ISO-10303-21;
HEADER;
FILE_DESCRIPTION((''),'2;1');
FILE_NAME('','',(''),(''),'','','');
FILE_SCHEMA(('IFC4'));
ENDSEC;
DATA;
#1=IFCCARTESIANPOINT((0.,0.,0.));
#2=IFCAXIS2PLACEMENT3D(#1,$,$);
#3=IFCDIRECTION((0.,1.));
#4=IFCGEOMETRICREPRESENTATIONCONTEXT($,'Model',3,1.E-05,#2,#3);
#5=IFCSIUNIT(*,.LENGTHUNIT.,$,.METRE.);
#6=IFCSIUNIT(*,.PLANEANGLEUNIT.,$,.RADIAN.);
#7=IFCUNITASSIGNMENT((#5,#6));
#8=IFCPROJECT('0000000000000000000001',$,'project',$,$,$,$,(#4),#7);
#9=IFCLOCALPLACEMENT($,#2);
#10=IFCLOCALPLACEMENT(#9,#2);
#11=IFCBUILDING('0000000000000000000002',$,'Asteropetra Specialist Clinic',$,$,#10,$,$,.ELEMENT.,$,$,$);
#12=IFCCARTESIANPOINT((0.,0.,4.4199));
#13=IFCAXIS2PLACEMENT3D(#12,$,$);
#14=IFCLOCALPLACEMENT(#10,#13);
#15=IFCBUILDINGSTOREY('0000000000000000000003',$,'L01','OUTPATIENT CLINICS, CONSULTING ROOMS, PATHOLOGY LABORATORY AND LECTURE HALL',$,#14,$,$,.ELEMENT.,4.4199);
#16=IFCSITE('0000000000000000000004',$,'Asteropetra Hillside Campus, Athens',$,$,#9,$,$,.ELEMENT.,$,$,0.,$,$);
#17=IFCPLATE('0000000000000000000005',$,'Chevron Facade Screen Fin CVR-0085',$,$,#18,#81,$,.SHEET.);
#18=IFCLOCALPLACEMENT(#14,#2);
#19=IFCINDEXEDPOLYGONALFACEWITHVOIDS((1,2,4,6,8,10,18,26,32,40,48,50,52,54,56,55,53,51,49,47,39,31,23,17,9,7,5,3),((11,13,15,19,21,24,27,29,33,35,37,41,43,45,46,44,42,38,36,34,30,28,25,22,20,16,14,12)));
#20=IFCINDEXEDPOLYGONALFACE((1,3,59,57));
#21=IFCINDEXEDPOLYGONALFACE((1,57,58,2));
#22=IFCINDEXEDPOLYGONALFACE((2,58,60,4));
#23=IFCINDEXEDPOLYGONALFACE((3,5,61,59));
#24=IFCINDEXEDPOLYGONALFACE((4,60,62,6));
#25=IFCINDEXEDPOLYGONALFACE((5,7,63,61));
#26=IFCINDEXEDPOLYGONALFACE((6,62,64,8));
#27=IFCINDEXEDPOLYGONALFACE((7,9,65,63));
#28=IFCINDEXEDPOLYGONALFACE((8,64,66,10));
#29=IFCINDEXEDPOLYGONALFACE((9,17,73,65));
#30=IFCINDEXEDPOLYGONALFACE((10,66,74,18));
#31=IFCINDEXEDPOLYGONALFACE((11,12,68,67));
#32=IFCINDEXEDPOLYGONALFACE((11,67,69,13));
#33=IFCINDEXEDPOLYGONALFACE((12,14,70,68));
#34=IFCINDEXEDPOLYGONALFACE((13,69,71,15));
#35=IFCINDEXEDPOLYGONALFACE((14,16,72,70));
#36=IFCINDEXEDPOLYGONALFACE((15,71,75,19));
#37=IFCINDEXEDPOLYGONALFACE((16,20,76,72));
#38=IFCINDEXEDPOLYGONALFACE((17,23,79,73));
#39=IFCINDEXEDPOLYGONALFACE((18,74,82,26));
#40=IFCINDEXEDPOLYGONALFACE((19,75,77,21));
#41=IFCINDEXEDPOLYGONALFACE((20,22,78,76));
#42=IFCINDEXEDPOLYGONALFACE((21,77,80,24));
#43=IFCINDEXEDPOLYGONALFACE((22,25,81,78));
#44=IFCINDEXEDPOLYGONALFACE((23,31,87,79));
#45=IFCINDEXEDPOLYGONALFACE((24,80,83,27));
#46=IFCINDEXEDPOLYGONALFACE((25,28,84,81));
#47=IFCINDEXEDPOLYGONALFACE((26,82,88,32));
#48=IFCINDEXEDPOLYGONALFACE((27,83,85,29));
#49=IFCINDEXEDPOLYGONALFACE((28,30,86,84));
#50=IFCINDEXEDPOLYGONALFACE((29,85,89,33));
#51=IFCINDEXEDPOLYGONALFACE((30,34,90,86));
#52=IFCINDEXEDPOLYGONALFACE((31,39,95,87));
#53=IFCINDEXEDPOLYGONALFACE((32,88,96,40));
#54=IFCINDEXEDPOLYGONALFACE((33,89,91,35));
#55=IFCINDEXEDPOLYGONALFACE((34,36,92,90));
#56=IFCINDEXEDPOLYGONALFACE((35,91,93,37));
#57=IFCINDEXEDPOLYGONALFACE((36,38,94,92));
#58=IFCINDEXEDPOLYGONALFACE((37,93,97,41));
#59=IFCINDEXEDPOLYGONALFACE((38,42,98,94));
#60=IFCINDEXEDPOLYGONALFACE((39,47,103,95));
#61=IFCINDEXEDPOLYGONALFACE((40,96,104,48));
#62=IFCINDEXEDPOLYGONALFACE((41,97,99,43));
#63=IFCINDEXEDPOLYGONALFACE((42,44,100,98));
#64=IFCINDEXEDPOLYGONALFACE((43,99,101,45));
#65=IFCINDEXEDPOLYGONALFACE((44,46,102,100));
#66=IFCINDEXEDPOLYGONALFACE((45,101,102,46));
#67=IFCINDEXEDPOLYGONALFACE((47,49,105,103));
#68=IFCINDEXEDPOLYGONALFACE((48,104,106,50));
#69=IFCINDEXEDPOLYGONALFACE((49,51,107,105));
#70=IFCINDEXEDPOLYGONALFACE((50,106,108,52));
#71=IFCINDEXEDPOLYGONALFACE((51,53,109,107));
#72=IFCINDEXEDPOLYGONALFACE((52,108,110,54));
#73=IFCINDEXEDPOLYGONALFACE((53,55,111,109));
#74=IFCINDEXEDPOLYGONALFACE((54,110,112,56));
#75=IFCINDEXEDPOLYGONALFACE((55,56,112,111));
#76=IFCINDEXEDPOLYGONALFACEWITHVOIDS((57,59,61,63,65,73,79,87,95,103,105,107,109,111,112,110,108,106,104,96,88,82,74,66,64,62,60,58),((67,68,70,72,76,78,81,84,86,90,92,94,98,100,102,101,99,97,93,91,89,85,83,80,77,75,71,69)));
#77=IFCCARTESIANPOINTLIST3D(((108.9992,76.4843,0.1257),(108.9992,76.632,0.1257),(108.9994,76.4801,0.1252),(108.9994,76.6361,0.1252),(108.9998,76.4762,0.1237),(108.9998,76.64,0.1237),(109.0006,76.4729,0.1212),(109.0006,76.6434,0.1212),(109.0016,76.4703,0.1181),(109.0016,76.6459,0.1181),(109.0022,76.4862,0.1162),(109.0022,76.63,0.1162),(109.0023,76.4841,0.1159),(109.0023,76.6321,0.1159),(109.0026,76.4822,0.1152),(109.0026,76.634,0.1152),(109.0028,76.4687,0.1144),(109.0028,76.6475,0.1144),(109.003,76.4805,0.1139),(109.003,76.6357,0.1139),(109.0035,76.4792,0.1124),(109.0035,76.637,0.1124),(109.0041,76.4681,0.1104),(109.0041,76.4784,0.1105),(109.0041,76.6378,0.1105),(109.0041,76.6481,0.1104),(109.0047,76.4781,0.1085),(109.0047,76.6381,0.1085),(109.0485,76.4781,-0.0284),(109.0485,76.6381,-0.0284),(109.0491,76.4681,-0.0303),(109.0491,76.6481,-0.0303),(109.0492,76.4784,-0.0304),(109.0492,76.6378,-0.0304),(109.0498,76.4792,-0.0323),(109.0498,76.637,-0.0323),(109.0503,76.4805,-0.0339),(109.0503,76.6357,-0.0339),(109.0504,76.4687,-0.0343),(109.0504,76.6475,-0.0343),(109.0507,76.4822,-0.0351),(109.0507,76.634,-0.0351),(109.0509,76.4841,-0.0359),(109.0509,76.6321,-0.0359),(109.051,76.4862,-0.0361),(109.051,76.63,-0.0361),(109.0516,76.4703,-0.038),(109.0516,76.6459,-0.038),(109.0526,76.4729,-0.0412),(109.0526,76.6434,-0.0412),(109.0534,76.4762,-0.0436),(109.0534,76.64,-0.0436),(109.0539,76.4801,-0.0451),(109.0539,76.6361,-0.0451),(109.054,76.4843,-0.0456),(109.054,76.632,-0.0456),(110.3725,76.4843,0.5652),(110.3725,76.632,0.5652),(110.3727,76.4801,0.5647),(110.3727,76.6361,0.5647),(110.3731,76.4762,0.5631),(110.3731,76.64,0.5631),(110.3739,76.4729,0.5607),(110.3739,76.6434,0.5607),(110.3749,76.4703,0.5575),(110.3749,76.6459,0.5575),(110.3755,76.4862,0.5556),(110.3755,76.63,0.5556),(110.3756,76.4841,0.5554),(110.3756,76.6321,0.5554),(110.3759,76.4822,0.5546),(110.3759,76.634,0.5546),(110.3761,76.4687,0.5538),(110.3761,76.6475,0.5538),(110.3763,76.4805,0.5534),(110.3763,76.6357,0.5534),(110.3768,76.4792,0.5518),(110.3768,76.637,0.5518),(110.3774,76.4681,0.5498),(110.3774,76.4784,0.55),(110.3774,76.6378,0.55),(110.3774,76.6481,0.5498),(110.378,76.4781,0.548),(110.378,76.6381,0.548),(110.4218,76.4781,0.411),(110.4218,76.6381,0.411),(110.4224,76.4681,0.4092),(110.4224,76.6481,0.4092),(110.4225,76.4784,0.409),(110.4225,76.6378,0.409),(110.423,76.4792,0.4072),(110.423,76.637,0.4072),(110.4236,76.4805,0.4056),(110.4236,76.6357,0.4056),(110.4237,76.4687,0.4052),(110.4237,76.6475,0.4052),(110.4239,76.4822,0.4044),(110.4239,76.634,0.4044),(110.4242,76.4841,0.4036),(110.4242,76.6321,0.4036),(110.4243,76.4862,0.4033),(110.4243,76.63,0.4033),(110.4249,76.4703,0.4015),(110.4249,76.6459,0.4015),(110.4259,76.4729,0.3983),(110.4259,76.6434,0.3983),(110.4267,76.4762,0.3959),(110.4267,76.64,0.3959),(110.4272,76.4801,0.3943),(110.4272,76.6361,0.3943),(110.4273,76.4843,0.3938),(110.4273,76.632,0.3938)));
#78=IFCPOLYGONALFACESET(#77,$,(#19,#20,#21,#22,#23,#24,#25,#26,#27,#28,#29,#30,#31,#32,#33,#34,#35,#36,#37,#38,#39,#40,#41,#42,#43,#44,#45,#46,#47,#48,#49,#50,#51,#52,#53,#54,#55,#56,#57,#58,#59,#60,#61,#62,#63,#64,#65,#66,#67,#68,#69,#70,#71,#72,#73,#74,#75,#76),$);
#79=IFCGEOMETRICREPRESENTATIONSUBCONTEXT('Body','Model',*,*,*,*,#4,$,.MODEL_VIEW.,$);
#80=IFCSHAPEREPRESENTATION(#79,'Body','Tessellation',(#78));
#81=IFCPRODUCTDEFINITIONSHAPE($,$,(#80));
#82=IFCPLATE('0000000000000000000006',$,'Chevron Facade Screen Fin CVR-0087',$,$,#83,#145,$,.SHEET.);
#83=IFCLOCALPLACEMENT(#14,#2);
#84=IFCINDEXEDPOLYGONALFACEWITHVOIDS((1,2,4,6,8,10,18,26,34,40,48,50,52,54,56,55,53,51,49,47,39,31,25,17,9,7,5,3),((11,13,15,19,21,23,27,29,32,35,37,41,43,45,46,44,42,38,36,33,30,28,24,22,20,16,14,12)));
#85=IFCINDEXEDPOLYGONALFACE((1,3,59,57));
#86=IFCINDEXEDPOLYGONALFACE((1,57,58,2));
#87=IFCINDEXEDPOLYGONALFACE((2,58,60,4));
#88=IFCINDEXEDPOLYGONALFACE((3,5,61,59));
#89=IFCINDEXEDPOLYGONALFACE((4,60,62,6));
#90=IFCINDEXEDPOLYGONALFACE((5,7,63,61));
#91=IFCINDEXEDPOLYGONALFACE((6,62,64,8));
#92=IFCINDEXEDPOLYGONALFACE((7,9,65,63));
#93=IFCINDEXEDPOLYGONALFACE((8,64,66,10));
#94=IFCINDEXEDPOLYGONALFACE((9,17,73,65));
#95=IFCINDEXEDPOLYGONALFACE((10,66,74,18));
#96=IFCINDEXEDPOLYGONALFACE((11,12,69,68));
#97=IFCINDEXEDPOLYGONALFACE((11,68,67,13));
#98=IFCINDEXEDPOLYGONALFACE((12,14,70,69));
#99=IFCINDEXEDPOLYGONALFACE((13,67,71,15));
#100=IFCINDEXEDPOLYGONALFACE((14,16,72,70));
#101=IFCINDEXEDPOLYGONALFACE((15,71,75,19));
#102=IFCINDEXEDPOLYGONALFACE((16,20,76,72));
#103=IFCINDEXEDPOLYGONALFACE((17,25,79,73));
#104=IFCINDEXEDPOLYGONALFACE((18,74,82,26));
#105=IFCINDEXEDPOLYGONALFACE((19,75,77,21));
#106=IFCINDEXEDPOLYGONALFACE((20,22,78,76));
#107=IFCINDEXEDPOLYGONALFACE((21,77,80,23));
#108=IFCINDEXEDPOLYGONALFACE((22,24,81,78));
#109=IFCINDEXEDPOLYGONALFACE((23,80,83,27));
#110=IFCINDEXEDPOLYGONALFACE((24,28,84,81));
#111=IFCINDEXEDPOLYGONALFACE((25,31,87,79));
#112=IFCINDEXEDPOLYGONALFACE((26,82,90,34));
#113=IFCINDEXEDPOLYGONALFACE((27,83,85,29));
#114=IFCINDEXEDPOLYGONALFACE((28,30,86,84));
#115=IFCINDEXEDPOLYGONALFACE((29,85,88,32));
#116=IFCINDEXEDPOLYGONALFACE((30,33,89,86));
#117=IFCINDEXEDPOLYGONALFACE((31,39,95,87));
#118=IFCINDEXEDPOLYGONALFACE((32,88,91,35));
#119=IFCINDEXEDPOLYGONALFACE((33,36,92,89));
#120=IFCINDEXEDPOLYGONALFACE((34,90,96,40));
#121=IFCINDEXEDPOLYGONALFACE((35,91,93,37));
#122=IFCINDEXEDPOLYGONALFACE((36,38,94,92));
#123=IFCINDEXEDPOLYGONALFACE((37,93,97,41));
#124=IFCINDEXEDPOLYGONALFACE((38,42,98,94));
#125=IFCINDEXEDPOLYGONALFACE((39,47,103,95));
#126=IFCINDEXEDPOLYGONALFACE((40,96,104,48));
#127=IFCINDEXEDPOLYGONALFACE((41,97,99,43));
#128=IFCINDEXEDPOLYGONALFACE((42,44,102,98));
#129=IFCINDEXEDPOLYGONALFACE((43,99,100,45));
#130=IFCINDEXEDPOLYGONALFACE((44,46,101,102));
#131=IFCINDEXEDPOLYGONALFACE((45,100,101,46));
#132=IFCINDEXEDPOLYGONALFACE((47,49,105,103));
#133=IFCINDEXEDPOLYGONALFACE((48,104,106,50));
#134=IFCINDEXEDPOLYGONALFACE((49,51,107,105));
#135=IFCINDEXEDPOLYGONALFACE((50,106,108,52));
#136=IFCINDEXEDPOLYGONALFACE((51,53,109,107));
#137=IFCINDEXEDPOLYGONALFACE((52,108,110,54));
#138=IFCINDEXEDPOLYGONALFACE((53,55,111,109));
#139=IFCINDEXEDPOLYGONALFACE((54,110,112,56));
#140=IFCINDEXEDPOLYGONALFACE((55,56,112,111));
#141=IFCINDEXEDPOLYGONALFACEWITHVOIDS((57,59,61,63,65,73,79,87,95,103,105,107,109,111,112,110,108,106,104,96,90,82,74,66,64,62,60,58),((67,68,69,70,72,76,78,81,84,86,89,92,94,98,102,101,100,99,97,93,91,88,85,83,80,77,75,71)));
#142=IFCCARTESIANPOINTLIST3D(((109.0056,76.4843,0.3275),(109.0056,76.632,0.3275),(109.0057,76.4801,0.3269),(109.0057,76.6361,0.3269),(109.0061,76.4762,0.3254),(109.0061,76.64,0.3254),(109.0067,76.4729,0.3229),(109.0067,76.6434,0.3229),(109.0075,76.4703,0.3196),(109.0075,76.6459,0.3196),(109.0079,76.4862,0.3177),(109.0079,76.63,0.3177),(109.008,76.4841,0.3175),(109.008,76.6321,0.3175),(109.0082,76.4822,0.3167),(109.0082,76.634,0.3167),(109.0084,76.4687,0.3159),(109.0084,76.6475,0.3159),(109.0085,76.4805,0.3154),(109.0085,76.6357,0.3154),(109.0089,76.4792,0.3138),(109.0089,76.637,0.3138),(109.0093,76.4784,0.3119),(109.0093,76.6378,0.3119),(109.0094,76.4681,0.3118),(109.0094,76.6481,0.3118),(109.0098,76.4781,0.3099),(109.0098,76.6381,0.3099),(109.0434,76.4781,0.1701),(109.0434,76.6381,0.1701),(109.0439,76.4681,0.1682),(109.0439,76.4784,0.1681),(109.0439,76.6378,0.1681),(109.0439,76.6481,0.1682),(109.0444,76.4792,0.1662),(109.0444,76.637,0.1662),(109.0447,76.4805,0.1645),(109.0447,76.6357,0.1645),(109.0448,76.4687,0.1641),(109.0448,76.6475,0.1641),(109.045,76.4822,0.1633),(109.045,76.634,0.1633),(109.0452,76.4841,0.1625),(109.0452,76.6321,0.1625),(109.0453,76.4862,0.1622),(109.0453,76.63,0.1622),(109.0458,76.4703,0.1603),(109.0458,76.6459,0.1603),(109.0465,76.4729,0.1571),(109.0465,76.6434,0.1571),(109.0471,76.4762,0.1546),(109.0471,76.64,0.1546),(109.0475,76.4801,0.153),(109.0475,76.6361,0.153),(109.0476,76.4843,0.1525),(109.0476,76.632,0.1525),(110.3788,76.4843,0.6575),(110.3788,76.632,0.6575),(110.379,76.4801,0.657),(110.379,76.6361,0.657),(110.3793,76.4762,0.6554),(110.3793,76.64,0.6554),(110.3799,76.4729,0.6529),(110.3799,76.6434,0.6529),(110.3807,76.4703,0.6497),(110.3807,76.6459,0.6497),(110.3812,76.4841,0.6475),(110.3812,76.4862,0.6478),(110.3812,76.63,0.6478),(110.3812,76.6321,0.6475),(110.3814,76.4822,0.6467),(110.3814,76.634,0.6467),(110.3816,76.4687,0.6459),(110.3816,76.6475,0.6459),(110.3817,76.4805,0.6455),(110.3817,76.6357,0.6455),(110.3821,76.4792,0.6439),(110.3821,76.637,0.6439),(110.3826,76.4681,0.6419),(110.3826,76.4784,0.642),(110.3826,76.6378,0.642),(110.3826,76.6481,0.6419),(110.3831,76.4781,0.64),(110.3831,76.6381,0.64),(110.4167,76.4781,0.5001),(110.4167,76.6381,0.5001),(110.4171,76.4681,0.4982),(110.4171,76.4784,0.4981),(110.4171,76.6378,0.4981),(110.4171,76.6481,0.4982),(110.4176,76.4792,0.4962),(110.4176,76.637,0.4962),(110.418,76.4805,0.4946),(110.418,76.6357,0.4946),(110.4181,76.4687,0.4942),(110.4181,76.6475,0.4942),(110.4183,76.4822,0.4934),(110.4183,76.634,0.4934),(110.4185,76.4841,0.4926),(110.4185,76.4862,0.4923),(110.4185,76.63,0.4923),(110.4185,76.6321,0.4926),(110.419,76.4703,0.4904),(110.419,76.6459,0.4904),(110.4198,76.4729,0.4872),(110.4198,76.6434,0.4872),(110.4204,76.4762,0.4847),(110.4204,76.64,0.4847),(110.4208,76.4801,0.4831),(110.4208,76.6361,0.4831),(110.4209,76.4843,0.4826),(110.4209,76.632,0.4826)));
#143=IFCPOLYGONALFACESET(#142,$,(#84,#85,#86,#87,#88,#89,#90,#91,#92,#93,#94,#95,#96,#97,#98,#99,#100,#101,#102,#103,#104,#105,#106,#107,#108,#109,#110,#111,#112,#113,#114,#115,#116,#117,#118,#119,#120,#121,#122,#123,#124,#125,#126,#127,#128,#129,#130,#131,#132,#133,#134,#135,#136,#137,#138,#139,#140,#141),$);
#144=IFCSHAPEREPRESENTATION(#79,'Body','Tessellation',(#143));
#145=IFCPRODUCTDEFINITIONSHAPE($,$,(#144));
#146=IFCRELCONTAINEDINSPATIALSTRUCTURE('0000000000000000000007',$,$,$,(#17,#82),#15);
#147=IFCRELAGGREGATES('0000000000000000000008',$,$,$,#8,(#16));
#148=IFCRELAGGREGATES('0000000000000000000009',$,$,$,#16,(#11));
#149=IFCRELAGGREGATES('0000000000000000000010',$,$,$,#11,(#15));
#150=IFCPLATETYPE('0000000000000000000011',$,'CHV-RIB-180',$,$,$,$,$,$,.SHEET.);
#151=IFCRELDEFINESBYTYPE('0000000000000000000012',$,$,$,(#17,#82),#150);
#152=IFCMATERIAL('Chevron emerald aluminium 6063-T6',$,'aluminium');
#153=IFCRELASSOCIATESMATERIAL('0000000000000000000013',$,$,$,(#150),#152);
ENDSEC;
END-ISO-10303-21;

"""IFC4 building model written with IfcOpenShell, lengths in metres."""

from ifc_helpers import new_model, si_unit, direction, frame, origin, origin_2d, place, context, subcontext, project, spatial, hollow_rectangle, extrude, material, material_profile, profile_set, type_object, element, save


model = new_model("IFC4")

# Units and contexts
model_context = context("Model", 3, precision=1e-05, world=origin(), true_north=direction((0.0, 1.0)))
body_context = subcontext(model_context, "Body", "Model", "MODEL_VIEW")
ifc_project = project(units=[si_unit("LENGTHUNIT", "METRE"), si_unit("PLANEANGLEUNIT", "RADIAN")], contexts=[model_context])

# Site, building, storey
site_placement = place(None, origin())
site = spatial("IfcSite", under=ifc_project, at=site_placement, Name="Asteropetra Hillside Campus, Athens", CompositionType="ELEMENT", RefElevation=0.0)
building_placement = place(site_placement, origin())
building = spatial("IfcBuilding", under=site, at=building_placement, Name="Asteropetra Specialist Clinic", CompositionType="ELEMENT")
storey_placement = place(building_placement, frame((0.0, 0.0, 4.4199)))
storey = spatial("IfcBuildingStorey", under=building, at=storey_placement, Name="L01", Description="OUTPATIENT CLINICS, CONSULTING ROOMS, PATHOLOGY LABORATORY AND LECTURE HALL", CompositionType="ELEMENT", Elevation=4.4199)

# Plates
ifc_material_1 = material(Name="Chevron emerald aluminium 6063-T6", Category="aluminium")
ifc_material_profile_1 = material_profile(ifc_material_1, hollow_rectangle(XDim=0.1799, YDim=0.1799, WallThickness=0.01, InnerFilletRadius=0.0081, OuterFilletRadius=0.0161, at=origin_2d()), Name="SHS 180x180x10.0")
ifc_profile_set_1 = profile_set([ifc_material_profile_1], Name="Chevron emerald aluminium 6063-T6")
plate_type = type_object("IfcPlateType", Name="CHV-RIB-180", PredefinedType="SHEET", material=ifc_profile_set_1)
plate_1_placement = place(storey_placement, frame((109.0266, 76.5581, 0.04), z_axis=(0.952424, 0.0, 0.304776), x_axis=(0.0, 1.0, 0.0)))
element("IfcPlate", 1, at=plate_1_placement, inside=storey, type_object=plate_type, Name="Chevron Facade Screen Fin CVR-0085", PredefinedType="SHEET", context=body_context, shape_type="SweptSolid", body=[
    extrude(hollow_rectangle(XDim=0.1799, YDim=0.1799, WallThickness=0.01, InnerFilletRadius=0.0081, OuterFilletRadius=0.0161, at=origin_2d()), origin(), (0.0, 0.0, 1.0), 1.4419),
])
plate_2_placement = place(storey_placement, frame((109.0266, 76.5581, 0.24), z_axis=(0.972309, 0.0, 0.2337), x_axis=(0.0, 1.0, 0.0)))
element("IfcPlate", 2, at=plate_2_placement, inside=storey, type_object=plate_type, Name="Chevron Facade Screen Fin CVR-0087", PredefinedType="SHEET", context=body_context, shape_type="SweptSolid", body=[
    extrude(hollow_rectangle(XDim=0.1799, YDim=0.1799, WallThickness=0.01, InnerFilletRadius=0.0081, OuterFilletRadius=0.0161, at=origin_2d()), origin(), (0.0, 0.0, 1.0), 1.4124),
])

save(model, "model.ifc")
